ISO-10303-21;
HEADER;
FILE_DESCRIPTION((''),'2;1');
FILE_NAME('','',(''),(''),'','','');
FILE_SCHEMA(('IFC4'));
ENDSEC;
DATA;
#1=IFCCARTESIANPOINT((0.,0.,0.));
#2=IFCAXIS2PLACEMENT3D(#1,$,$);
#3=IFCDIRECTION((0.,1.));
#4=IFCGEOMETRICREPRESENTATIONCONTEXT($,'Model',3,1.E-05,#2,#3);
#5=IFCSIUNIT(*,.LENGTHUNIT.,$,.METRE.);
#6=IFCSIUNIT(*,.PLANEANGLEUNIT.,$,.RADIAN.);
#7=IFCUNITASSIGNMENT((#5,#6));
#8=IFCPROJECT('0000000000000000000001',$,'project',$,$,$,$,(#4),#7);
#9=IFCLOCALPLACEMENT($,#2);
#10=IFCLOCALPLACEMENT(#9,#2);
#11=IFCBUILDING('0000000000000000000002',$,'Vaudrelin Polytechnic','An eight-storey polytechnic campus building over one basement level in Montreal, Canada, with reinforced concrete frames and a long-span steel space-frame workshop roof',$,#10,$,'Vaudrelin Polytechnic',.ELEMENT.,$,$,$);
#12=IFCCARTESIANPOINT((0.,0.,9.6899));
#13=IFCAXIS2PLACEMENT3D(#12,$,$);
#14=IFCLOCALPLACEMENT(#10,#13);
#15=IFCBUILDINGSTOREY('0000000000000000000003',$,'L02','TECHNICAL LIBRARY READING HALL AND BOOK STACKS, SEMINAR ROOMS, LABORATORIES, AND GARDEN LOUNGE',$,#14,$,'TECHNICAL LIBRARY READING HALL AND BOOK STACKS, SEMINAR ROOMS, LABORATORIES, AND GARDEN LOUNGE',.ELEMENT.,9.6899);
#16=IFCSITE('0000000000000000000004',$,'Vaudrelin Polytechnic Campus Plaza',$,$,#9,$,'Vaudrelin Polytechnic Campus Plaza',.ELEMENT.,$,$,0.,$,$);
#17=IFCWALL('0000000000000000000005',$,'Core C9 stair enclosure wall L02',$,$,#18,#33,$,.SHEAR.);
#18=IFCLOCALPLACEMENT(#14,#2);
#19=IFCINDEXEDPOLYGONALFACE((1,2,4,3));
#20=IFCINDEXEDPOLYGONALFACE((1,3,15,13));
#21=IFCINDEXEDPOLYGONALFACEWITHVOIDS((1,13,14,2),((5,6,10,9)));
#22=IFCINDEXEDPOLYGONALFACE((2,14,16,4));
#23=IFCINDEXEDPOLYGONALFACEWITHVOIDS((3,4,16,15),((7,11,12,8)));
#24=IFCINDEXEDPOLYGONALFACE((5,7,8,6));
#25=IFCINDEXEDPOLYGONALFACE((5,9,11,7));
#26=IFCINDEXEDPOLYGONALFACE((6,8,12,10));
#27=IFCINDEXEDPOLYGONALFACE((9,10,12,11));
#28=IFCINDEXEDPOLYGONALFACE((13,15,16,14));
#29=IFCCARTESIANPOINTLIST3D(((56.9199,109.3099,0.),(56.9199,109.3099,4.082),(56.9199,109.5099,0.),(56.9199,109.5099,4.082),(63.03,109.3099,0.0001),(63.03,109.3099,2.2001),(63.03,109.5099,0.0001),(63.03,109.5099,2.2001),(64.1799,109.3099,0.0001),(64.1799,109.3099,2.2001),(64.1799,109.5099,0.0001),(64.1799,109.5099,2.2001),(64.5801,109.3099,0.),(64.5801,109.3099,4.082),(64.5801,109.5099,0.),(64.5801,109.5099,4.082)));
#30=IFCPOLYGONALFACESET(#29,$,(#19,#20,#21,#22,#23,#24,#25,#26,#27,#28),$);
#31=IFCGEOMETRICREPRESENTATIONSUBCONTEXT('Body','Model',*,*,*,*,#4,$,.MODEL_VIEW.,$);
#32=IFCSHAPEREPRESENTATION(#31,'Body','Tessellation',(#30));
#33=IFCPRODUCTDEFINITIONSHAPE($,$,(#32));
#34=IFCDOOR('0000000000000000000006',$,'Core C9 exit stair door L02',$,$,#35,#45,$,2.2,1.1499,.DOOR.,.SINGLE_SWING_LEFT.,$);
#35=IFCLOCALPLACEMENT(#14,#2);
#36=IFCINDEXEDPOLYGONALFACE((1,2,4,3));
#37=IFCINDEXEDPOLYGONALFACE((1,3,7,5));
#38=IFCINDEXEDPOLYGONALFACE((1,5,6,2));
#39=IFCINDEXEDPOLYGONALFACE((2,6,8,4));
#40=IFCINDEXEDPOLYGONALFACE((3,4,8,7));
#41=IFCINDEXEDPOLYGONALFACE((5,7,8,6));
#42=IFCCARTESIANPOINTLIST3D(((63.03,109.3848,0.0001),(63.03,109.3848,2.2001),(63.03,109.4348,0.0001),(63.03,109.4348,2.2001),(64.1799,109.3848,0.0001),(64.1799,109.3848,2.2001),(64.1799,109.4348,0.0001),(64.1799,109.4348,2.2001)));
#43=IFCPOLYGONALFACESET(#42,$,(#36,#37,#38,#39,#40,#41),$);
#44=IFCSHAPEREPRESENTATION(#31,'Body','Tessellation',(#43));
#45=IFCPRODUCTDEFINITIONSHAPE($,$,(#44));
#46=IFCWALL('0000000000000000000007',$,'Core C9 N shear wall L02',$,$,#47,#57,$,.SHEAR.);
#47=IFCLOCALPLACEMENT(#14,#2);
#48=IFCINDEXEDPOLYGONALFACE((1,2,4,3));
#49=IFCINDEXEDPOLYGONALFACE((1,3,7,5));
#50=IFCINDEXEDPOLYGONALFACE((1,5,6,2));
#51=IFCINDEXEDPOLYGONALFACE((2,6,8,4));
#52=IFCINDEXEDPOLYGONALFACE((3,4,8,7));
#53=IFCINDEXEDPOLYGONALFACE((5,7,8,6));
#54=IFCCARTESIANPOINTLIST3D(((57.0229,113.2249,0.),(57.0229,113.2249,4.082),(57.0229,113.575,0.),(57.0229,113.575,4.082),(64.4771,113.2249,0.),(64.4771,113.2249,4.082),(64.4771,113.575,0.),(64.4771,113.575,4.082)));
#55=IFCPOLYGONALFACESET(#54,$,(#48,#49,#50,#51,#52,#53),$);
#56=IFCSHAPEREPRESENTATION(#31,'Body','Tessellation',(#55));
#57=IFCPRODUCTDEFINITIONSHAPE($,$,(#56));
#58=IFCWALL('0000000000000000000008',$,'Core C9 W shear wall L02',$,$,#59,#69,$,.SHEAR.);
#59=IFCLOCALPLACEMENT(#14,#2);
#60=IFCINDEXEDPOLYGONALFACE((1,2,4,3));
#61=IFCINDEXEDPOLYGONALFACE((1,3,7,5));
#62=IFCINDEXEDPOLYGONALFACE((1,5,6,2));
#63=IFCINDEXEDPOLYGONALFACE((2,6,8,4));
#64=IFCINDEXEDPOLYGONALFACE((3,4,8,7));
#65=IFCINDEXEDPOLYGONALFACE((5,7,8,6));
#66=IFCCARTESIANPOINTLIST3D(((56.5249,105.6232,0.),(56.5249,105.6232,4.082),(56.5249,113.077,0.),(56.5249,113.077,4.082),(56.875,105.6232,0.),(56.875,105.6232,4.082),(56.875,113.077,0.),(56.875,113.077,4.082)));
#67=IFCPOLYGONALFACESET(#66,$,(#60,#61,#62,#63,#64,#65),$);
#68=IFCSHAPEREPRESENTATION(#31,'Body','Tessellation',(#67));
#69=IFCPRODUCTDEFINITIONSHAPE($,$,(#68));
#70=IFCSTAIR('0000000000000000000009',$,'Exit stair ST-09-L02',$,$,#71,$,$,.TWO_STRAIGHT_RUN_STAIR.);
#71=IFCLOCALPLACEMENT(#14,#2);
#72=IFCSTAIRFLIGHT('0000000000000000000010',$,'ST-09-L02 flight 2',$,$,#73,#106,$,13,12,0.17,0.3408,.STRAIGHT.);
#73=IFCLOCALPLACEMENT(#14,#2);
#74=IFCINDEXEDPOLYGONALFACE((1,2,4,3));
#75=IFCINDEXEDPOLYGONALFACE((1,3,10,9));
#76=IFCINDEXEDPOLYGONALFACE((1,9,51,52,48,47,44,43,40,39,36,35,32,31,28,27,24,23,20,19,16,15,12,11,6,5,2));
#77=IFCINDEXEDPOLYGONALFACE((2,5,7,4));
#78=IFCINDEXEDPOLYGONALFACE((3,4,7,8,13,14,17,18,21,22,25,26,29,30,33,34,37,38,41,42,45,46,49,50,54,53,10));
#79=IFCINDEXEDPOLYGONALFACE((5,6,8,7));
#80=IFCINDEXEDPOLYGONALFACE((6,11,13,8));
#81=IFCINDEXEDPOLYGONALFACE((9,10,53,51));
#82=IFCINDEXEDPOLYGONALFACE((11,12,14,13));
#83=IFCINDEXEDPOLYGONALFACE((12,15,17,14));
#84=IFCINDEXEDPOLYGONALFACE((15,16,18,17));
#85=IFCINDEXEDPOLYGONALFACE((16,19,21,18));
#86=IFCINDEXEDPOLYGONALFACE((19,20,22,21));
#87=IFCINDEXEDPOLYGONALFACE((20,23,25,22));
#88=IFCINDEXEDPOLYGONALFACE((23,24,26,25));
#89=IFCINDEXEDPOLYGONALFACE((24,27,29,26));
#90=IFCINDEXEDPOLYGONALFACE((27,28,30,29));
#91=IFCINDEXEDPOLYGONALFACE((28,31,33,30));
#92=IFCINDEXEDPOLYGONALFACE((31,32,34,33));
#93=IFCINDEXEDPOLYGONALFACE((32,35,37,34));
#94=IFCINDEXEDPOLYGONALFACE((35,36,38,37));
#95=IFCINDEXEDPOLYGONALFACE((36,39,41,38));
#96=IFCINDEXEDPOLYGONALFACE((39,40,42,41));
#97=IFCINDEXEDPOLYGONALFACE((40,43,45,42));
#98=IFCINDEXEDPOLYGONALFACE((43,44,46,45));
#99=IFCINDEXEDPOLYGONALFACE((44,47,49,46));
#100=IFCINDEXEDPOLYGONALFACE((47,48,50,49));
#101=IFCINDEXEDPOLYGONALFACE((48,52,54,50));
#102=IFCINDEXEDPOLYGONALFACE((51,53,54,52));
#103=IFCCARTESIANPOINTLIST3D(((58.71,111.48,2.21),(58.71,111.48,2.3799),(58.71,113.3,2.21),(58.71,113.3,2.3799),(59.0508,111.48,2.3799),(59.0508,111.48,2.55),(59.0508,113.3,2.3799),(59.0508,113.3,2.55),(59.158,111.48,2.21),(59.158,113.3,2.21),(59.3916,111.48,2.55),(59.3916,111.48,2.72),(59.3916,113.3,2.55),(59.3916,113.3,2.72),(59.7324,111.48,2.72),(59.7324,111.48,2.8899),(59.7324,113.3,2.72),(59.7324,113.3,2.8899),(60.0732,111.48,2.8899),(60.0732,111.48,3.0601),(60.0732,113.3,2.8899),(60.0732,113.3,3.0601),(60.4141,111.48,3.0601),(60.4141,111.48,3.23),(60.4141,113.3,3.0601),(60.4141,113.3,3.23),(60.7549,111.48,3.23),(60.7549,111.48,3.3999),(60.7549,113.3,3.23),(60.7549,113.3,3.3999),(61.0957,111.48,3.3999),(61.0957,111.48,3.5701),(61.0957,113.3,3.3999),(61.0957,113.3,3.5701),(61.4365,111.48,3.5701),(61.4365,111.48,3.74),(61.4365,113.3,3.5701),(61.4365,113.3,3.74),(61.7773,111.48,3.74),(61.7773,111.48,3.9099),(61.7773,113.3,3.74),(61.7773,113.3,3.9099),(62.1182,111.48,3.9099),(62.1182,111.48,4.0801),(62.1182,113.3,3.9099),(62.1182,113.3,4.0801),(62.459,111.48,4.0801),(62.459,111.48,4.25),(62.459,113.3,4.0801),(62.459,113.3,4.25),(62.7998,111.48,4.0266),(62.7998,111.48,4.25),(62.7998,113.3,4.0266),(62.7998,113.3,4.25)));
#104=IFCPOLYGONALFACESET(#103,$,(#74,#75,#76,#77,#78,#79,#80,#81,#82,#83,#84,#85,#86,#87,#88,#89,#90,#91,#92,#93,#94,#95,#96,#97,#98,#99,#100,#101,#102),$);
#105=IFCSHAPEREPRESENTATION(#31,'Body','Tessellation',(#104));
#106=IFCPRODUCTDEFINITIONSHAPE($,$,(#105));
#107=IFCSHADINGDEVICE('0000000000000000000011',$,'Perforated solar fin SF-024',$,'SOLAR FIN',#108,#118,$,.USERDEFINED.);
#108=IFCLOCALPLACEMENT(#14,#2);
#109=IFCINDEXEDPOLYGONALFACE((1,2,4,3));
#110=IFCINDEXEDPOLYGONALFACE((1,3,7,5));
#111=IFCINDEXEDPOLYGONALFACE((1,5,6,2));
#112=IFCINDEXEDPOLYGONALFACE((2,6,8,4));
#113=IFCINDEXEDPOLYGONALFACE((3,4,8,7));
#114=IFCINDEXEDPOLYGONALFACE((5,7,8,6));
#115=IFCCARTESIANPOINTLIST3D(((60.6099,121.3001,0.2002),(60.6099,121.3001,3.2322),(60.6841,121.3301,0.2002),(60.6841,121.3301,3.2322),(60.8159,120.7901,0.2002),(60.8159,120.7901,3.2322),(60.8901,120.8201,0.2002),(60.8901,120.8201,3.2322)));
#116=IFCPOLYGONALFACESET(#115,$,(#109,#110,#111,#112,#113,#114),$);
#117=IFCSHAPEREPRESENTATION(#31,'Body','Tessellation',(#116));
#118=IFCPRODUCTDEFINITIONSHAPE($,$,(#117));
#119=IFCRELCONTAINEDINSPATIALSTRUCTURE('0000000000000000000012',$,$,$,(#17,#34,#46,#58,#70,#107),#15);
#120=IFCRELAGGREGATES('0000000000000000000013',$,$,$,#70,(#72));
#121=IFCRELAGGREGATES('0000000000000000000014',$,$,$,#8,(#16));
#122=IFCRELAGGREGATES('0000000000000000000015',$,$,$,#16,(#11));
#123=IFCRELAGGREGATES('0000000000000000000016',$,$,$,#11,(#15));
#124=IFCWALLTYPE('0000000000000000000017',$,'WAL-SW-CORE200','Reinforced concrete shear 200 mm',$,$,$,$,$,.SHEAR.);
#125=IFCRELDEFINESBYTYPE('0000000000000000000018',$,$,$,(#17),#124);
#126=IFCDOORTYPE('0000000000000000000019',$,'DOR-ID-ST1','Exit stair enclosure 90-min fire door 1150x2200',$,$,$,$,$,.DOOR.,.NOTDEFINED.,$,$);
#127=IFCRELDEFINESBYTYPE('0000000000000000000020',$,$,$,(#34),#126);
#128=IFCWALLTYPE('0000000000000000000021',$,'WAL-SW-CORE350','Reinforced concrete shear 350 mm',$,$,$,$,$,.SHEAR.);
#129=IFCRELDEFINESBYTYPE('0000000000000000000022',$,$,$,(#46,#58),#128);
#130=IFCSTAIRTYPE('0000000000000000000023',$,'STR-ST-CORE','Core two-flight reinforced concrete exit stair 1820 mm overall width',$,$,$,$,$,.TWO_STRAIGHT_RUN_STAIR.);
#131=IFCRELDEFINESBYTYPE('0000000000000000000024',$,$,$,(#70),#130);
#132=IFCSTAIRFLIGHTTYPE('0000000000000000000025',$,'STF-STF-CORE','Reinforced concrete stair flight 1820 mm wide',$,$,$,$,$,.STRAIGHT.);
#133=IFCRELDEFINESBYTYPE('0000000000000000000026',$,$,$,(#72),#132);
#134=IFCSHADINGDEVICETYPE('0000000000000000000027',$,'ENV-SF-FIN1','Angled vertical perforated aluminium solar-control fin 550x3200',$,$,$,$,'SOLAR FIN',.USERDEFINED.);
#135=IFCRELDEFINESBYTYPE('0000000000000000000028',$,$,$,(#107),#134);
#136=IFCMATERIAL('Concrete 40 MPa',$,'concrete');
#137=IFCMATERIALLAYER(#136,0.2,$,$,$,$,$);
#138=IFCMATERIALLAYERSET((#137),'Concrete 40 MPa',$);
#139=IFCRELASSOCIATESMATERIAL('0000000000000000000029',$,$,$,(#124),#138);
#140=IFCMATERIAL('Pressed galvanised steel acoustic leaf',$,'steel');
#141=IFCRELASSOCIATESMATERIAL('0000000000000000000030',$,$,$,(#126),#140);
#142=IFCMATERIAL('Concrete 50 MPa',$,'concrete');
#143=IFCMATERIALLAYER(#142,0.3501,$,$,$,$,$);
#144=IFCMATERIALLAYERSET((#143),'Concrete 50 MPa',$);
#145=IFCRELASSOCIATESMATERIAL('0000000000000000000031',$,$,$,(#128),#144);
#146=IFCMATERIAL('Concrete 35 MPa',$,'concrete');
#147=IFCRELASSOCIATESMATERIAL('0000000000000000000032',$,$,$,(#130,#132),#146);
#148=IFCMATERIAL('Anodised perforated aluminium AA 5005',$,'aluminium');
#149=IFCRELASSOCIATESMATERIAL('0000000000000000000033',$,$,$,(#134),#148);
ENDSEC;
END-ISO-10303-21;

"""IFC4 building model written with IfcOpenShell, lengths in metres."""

from ifc_helpers import new_model, si_unit, direction, frame, frame_2d, origin, origin_2d, place, context, subcontext, project, spatial, polyline, rectangle, outline, extrude, material, layer, layer_set, type_object, element, fill, aggregate, save


model = new_model("IFC4")

# Units and contexts
model_context = context("Model", 3, precision=1e-05, world=origin(), true_north=direction((0.0, 1.0)))
body_context = subcontext(model_context, "Body", "Model", "MODEL_VIEW")
ifc_project = project(units=[si_unit("LENGTHUNIT", "METRE"), si_unit("PLANEANGLEUNIT", "RADIAN")], contexts=[model_context])

# Site, building, storey
site_placement = place(None, origin())
site = spatial("IfcSite", under=ifc_project, at=site_placement, Name="Vaudrelin Polytechnic Campus Plaza", LongName="Vaudrelin Polytechnic Campus Plaza", CompositionType="ELEMENT", RefElevation=0.0)
building_placement = place(site_placement, origin())
building = spatial("IfcBuilding", under=site, at=building_placement, Name="Vaudrelin Polytechnic", Description="An eight-storey polytechnic campus building over one basement level in Montreal, Canada, with reinforced concrete frames and a long-span steel space-frame workshop roof", LongName="Vaudrelin Polytechnic", CompositionType="ELEMENT")
storey_placement = place(building_placement, frame((0.0, 0.0, 9.6899)))
storey = spatial("IfcBuildingStorey", under=building, at=storey_placement, Name="L02", Description="TECHNICAL LIBRARY READING HALL AND BOOK STACKS, SEMINAR ROOMS, LABORATORIES, AND GARDEN LOUNGE", LongName="TECHNICAL LIBRARY READING HALL AND BOOK STACKS, SEMINAR ROOMS, LABORATORIES, AND GARDEN LOUNGE", CompositionType="ELEMENT", Elevation=9.6899)

# Shared definitions
ifc_material_1 = material(Name="Concrete 40 MPa", Category="concrete")

# Shared definitions
ifc_material_2 = material(Name="Concrete 50 MPa", Category="concrete")

# Shared definitions
ifc_material_3 = material(Name="Pressed galvanised steel acoustic leaf", Category="steel")

# Wall, opening, door
ifc_layer_1 = layer(ifc_material_1, 0.2)
ifc_layer_set_1 = layer_set([ifc_layer_1], Name="Concrete 40 MPa")
wall_type_1 = type_object("IfcWallType", Name="WAL-SW-CORE200", Description="Reinforced concrete shear 200 mm", PredefinedType="SHEAR", material=ifc_layer_set_1)
wall_1_placement = place(storey_placement, frame((56.9199, 109.4099, 0.0), z_axis=(0.0, 0.0, 1.0), x_axis=(1.0, 0.0, 0.0)))
wall_1 = element("IfcWall", 1, at=wall_1_placement, inside=storey, type_object=wall_type_1, Name="Core C9 stair enclosure wall L02", PredefinedType="SHEAR", context=body_context, shape_type="SweptSolid", body=[
    extrude(rectangle(XDim=7.6602, YDim=0.2, at=frame_2d((3.8301, 0.0))), origin(), (0.0, 0.0, 1.0), 4.082),
])
opening_1_placement = place(wall_1_placement, frame((6.1101, 0.0, 0.0)))
opening_1 = element("IfcOpeningElement", 2, at=opening_1_placement, cuts=wall_1, PredefinedType="OPENING", context=body_context, shape_type="SweptSolid", body=[
    extrude(rectangle(XDim=1.1499, YDim=2.2, at=frame_2d((0.575, 1.1001))), frame((0.0, 0.1099, 0.0), z_axis=(0.0, -1.0, 0.0), x_axis=(1.0, 0.0, 0.0)), (0.0, 0.0, 1.0), 0.22),
])
door_type_1 = type_object("IfcDoorType", Name="DOR-ID-ST1", Description="Exit stair enclosure 90-min fire door 1150x2200", OperationType="NOTDEFINED", PredefinedType="DOOR", material=ifc_material_3)
door_1_placement = place(opening_1_placement, origin())
door_1 = element("IfcDoor", 3, at=door_1_placement, inside=storey, type_object=door_type_1, Name="Core C9 exit stair door L02", OperationType="SINGLE_SWING_LEFT", OverallHeight=2.2, OverallWidth=1.1499, PredefinedType="DOOR", context=body_context, shape_type="SweptSolid", body=[
    extrude(rectangle(XDim=1.1499, YDim=2.2, at=frame_2d((0.575, 1.1001))), frame((0.0, 0.0249, 0.0), z_axis=(0.0, -1.0, 0.0), x_axis=(1.0, 0.0, 0.0)), (0.0, 0.0, 1.0), 0.05),
])
fill(opening_1, door_1)

# Walls
ifc_layer_2 = layer(ifc_material_2, 0.3501)
ifc_layer_set_2 = layer_set([ifc_layer_2], Name="Concrete 50 MPa")
wall_type_2 = type_object("IfcWallType", Name="WAL-SW-CORE350", Description="Reinforced concrete shear 350 mm", PredefinedType="SHEAR", material=ifc_layer_set_2)
wall_2_placement = place(storey_placement, frame((57.0229, 113.3999, 0.0), z_axis=(0.0, 0.0, 1.0), x_axis=(1.0, 0.0, 0.0)))
element("IfcWall", 4, at=wall_2_placement, inside=storey, type_object=wall_type_2, Name="Core C9 N shear wall L02", PredefinedType="SHEAR", context=body_context, shape_type="SweptSolid", body=[
    extrude(rectangle(XDim=7.4541, YDim=0.3501, at=frame_2d((3.7271, 0.0))), origin(), (0.0, 0.0, 1.0), 4.082),
])
wall_3_placement = place(storey_placement, frame((56.7, 105.623, 0.0), z_axis=(0.0, 0.0, 1.0), x_axis=(0.0, 1.0, 0.0)))
element("IfcWall", 5, at=wall_3_placement, inside=storey, type_object=wall_type_2, Name="Core C9 W shear wall L02", PredefinedType="SHEAR", context=body_context, shape_type="SweptSolid", body=[
    extrude(rectangle(XDim=7.4539, YDim=0.3501, at=frame_2d((3.7271, 0.0))), origin(), (0.0, 0.0, 1.0), 4.082),
])

# Stair, stair flight
ifc_material_4 = material(Name="Concrete 35 MPa", Category="concrete")
stair_type = type_object("IfcStairType", Name="STR-ST-CORE", Description="Core two-flight reinforced concrete exit stair 1820 mm overall width", PredefinedType="TWO_STRAIGHT_RUN_STAIR", material=ifc_material_4)
stair_placement = place(storey_placement, origin())
stair = element("IfcStair", 6, at=stair_placement, inside=storey, type_object=stair_type, Name="Exit stair ST-09-L02", PredefinedType="TWO_STRAIGHT_RUN_STAIR")
stair_flight_type = type_object("IfcStairFlightType", Name="STF-STF-CORE", Description="Reinforced concrete stair flight 1820 mm wide", PredefinedType="STRAIGHT", material=ifc_material_4)
stair_flight_placement = place(storey_placement, frame((58.71, 112.3899, 2.21), z_axis=(0.0, 0.0, 1.0), x_axis=(1.0, 0.0, 0.0)))
stair_flight = element("IfcStairFlight", 7, at=stair_flight_placement, type_object=stair_flight_type, Name="ST-09-L02 flight 2", NumberOfRisers=13, NumberOfTreads=12, PredefinedType="STRAIGHT", RiserHeight=0.17, TreadLength=0.3408, context=body_context, shape_type="SweptSolid", body=[
    extrude(outline(polyline([(0.0, 0.0), (0.0, 0.1699), (0.3408, 0.1699), (0.3408, 0.3401), (0.6816, 0.3401), (0.6816, 0.51), (1.0225, 0.51), (1.0225, 0.6799), (1.3633, 0.6799), (1.3633, 0.8501), (1.7041, 0.8501), (1.7041, 1.02), (2.0449, 1.02), (2.0449, 1.1899), (2.3857, 1.1899), (2.3857, 1.3601), (2.7266, 1.3601), (2.7266, 1.53), (3.0674, 1.53), (3.0674, 1.7), (3.4082, 1.7), (3.4082, 1.8701), (3.749, 1.8701), (3.749, 2.04), (4.0898, 2.04), (4.0898, 2.21), (4.0898, 1.8167), (0.448, 0.0), (0.0, 0.0)])), frame((0.0, 0.9102, 0.0), z_axis=(0.0, -1.0, 0.0), x_axis=(1.0, 0.0, 0.0)), (0.0, 0.0, 1.0), 1.8201),
])
aggregate(stair, [stair_flight])

# Shading device
ifc_material_5 = material(Name="Anodised perforated aluminium AA 5005", Category="aluminium")
shading_device_type = type_object("IfcShadingDeviceType", Name="ENV-SF-FIN1", Description="Angled vertical perforated aluminium solar-control fin 550x3200", ElementType="SOLAR FIN", PredefinedType="USERDEFINED", material=ifc_material_5)
shading_device_placement = place(storey_placement, frame((60.75, 121.0601, 0.2002), z_axis=(0.0, 0.0, 1.0), x_axis=(0.374607, -0.927184, 0.0)))
element("IfcShadingDevice", 8, at=shading_device_placement, inside=storey, type_object=shading_device_type, Name="Perforated solar fin SF-024", ObjectType="SOLAR FIN", PredefinedType="USERDEFINED", context=body_context, shape_type="SweptSolid", body=[
    extrude(rectangle(XDim=0.55, YDim=0.0801, at=origin_2d()), origin(), (0.0, 0.0, 1.0), 3.032),
])

save(model, "model.ifc")
